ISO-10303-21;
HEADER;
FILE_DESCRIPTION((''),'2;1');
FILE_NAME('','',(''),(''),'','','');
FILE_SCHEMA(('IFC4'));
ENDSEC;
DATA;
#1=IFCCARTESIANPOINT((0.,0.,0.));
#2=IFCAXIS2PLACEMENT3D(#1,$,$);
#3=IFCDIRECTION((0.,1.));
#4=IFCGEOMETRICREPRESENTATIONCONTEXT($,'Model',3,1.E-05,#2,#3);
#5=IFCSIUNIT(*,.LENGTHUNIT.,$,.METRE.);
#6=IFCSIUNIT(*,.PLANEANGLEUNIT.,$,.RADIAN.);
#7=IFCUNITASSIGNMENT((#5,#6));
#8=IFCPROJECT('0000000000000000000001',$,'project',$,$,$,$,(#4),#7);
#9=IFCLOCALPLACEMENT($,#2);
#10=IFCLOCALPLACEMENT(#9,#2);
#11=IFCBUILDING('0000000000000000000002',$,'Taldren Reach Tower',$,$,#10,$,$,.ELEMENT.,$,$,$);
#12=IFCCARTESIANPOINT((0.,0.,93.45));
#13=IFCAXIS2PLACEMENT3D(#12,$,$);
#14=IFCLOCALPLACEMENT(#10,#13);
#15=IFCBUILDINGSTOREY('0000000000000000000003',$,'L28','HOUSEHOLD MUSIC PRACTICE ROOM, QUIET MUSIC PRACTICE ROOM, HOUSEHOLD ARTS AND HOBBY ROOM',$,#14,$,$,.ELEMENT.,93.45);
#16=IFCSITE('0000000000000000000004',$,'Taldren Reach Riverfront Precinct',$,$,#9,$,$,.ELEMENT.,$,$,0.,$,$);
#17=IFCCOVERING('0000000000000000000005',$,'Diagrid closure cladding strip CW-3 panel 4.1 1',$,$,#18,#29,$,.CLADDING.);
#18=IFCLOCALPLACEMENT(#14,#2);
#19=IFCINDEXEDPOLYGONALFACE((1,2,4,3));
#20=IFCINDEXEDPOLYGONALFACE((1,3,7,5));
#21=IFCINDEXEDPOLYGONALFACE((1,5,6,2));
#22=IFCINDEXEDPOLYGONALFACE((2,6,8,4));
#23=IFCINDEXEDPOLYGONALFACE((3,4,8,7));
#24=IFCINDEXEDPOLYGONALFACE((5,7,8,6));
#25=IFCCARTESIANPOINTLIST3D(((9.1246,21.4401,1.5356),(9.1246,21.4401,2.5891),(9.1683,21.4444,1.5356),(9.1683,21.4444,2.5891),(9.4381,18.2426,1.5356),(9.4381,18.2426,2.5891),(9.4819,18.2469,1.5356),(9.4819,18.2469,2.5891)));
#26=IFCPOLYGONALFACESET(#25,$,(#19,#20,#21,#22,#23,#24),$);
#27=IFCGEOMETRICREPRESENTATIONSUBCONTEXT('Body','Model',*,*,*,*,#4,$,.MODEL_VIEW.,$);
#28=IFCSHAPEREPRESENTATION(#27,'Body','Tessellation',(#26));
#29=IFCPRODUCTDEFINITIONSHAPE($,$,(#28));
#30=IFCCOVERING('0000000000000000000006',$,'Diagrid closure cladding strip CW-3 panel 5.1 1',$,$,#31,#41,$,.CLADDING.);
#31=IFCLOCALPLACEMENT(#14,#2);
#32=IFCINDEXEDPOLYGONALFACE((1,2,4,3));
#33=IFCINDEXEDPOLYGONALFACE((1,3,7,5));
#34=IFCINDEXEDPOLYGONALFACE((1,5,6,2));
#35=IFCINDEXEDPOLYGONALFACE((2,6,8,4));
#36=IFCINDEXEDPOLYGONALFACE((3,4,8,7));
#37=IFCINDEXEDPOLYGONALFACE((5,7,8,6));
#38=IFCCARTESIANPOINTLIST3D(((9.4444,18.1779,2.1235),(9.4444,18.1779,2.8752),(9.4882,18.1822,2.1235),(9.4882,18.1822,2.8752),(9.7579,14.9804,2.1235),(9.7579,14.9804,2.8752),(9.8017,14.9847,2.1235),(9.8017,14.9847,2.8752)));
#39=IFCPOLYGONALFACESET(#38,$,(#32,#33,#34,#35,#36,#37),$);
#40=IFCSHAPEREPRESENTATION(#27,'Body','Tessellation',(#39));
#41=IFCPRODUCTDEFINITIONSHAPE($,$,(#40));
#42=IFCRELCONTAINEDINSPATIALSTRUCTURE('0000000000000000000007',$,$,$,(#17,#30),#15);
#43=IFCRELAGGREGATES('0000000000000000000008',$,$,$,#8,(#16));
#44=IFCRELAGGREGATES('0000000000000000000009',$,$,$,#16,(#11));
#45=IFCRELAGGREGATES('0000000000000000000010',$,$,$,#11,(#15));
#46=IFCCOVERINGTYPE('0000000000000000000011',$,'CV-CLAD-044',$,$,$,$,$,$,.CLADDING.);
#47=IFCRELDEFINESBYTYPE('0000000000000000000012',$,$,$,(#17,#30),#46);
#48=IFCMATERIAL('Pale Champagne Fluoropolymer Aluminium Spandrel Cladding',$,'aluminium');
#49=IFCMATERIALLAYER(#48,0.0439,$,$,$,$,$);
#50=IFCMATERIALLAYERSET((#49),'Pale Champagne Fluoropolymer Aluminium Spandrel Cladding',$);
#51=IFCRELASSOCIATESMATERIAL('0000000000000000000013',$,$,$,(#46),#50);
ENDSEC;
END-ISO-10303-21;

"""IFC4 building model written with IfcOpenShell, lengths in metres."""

from ifc_helpers import new_model, si_unit, direction, frame, origin, origin_2d, place, context, subcontext, project, spatial, rectangle, extrude, source, transform, mapped, material, layer, layer_set, type_object, element, save


model = new_model("IFC4")

# Units and contexts
model_context = context("Model", 3, precision=1e-05, world=origin(), true_north=direction((0.0, 1.0)))
body_context = subcontext(model_context, "Body", "Model", "MODEL_VIEW")
ifc_project = project(units=[si_unit("LENGTHUNIT", "METRE"), si_unit("PLANEANGLEUNIT", "RADIAN")], contexts=[model_context])

# Site, building, storey
site_placement = place(None, origin())
site = spatial("IfcSite", under=ifc_project, at=site_placement, Name="Taldren Reach Riverfront Precinct", CompositionType="ELEMENT", RefElevation=0.0)
building_placement = place(site_placement, origin())
building = spatial("IfcBuilding", under=site, at=building_placement, Name="Taldren Reach Tower", CompositionType="ELEMENT")
storey_placement = place(building_placement, frame((0.0, 0.0, 93.45)))
storey = spatial("IfcBuildingStorey", under=building, at=storey_placement, Name="L28", Description="HOUSEHOLD MUSIC PRACTICE ROOM, QUIET MUSIC PRACTICE ROOM, HOUSEHOLD ARTS AND HOBBY ROOM", CompositionType="ELEMENT", Elevation=93.45)

# Coverings
ifc_material_1 = material(Name="Pale Champagne Fluoropolymer Aluminium Spandrel Cladding", Category="aluminium")
ifc_layer_1 = layer(ifc_material_1, 0.0439)
ifc_layer_set_1 = layer_set([ifc_layer_1], Name="Pale Champagne Fluoropolymer Aluminium Spandrel Cladding")
covering_type = type_object("IfcCoveringType", Name="CV-CLAD-044", PredefinedType="CLADDING", material=ifc_layer_set_1)
shared_shape_1 = source(origin(), body_context, "Body", "SweptSolid", [
    extrude(rectangle(XDim=3.2129, YDim=0.0439, at=origin_2d()), origin(), (0.0, 0.0, 1.0), 1.0535),
])
covering_1_placement = place(storey_placement, frame((9.3032, 19.8435, 1.5356), z_axis=(0.0, 0.0, 1.0), x_axis=(0.097583, -0.995227, 0.0)))
element("IfcCovering", 1, at=covering_1_placement, inside=storey, type_object=covering_type, Name="Diagrid closure cladding strip CW-3 panel 4.1 1", PredefinedType="CLADDING", context=body_context, shape_type="MappedRepresentation", body=[
    mapped(shared_shape_1, transform((0.0, 0.0, 0.0), scale=1.0)),
])
shared_shape_2 = source(origin(), body_context, "Body", "SweptSolid", [
    extrude(rectangle(XDim=3.2129, YDim=0.0439, at=origin_2d()), origin(), (0.0, 0.0, 1.0), 0.7517),
])
covering_2_placement = place(storey_placement, frame((9.623, 16.5813, 2.1235), z_axis=(0.0, 0.0, 1.0), x_axis=(0.097583, -0.995227, 0.0)))
element("IfcCovering", 2, at=covering_2_placement, inside=storey, type_object=covering_type, Name="Diagrid closure cladding strip CW-3 panel 5.1 1", PredefinedType="CLADDING", context=body_context, shape_type="MappedRepresentation", body=[
    mapped(shared_shape_2, transform((0.0, 0.0, 0.0), scale=1.0)),
])

save(model, "model.ifc")
